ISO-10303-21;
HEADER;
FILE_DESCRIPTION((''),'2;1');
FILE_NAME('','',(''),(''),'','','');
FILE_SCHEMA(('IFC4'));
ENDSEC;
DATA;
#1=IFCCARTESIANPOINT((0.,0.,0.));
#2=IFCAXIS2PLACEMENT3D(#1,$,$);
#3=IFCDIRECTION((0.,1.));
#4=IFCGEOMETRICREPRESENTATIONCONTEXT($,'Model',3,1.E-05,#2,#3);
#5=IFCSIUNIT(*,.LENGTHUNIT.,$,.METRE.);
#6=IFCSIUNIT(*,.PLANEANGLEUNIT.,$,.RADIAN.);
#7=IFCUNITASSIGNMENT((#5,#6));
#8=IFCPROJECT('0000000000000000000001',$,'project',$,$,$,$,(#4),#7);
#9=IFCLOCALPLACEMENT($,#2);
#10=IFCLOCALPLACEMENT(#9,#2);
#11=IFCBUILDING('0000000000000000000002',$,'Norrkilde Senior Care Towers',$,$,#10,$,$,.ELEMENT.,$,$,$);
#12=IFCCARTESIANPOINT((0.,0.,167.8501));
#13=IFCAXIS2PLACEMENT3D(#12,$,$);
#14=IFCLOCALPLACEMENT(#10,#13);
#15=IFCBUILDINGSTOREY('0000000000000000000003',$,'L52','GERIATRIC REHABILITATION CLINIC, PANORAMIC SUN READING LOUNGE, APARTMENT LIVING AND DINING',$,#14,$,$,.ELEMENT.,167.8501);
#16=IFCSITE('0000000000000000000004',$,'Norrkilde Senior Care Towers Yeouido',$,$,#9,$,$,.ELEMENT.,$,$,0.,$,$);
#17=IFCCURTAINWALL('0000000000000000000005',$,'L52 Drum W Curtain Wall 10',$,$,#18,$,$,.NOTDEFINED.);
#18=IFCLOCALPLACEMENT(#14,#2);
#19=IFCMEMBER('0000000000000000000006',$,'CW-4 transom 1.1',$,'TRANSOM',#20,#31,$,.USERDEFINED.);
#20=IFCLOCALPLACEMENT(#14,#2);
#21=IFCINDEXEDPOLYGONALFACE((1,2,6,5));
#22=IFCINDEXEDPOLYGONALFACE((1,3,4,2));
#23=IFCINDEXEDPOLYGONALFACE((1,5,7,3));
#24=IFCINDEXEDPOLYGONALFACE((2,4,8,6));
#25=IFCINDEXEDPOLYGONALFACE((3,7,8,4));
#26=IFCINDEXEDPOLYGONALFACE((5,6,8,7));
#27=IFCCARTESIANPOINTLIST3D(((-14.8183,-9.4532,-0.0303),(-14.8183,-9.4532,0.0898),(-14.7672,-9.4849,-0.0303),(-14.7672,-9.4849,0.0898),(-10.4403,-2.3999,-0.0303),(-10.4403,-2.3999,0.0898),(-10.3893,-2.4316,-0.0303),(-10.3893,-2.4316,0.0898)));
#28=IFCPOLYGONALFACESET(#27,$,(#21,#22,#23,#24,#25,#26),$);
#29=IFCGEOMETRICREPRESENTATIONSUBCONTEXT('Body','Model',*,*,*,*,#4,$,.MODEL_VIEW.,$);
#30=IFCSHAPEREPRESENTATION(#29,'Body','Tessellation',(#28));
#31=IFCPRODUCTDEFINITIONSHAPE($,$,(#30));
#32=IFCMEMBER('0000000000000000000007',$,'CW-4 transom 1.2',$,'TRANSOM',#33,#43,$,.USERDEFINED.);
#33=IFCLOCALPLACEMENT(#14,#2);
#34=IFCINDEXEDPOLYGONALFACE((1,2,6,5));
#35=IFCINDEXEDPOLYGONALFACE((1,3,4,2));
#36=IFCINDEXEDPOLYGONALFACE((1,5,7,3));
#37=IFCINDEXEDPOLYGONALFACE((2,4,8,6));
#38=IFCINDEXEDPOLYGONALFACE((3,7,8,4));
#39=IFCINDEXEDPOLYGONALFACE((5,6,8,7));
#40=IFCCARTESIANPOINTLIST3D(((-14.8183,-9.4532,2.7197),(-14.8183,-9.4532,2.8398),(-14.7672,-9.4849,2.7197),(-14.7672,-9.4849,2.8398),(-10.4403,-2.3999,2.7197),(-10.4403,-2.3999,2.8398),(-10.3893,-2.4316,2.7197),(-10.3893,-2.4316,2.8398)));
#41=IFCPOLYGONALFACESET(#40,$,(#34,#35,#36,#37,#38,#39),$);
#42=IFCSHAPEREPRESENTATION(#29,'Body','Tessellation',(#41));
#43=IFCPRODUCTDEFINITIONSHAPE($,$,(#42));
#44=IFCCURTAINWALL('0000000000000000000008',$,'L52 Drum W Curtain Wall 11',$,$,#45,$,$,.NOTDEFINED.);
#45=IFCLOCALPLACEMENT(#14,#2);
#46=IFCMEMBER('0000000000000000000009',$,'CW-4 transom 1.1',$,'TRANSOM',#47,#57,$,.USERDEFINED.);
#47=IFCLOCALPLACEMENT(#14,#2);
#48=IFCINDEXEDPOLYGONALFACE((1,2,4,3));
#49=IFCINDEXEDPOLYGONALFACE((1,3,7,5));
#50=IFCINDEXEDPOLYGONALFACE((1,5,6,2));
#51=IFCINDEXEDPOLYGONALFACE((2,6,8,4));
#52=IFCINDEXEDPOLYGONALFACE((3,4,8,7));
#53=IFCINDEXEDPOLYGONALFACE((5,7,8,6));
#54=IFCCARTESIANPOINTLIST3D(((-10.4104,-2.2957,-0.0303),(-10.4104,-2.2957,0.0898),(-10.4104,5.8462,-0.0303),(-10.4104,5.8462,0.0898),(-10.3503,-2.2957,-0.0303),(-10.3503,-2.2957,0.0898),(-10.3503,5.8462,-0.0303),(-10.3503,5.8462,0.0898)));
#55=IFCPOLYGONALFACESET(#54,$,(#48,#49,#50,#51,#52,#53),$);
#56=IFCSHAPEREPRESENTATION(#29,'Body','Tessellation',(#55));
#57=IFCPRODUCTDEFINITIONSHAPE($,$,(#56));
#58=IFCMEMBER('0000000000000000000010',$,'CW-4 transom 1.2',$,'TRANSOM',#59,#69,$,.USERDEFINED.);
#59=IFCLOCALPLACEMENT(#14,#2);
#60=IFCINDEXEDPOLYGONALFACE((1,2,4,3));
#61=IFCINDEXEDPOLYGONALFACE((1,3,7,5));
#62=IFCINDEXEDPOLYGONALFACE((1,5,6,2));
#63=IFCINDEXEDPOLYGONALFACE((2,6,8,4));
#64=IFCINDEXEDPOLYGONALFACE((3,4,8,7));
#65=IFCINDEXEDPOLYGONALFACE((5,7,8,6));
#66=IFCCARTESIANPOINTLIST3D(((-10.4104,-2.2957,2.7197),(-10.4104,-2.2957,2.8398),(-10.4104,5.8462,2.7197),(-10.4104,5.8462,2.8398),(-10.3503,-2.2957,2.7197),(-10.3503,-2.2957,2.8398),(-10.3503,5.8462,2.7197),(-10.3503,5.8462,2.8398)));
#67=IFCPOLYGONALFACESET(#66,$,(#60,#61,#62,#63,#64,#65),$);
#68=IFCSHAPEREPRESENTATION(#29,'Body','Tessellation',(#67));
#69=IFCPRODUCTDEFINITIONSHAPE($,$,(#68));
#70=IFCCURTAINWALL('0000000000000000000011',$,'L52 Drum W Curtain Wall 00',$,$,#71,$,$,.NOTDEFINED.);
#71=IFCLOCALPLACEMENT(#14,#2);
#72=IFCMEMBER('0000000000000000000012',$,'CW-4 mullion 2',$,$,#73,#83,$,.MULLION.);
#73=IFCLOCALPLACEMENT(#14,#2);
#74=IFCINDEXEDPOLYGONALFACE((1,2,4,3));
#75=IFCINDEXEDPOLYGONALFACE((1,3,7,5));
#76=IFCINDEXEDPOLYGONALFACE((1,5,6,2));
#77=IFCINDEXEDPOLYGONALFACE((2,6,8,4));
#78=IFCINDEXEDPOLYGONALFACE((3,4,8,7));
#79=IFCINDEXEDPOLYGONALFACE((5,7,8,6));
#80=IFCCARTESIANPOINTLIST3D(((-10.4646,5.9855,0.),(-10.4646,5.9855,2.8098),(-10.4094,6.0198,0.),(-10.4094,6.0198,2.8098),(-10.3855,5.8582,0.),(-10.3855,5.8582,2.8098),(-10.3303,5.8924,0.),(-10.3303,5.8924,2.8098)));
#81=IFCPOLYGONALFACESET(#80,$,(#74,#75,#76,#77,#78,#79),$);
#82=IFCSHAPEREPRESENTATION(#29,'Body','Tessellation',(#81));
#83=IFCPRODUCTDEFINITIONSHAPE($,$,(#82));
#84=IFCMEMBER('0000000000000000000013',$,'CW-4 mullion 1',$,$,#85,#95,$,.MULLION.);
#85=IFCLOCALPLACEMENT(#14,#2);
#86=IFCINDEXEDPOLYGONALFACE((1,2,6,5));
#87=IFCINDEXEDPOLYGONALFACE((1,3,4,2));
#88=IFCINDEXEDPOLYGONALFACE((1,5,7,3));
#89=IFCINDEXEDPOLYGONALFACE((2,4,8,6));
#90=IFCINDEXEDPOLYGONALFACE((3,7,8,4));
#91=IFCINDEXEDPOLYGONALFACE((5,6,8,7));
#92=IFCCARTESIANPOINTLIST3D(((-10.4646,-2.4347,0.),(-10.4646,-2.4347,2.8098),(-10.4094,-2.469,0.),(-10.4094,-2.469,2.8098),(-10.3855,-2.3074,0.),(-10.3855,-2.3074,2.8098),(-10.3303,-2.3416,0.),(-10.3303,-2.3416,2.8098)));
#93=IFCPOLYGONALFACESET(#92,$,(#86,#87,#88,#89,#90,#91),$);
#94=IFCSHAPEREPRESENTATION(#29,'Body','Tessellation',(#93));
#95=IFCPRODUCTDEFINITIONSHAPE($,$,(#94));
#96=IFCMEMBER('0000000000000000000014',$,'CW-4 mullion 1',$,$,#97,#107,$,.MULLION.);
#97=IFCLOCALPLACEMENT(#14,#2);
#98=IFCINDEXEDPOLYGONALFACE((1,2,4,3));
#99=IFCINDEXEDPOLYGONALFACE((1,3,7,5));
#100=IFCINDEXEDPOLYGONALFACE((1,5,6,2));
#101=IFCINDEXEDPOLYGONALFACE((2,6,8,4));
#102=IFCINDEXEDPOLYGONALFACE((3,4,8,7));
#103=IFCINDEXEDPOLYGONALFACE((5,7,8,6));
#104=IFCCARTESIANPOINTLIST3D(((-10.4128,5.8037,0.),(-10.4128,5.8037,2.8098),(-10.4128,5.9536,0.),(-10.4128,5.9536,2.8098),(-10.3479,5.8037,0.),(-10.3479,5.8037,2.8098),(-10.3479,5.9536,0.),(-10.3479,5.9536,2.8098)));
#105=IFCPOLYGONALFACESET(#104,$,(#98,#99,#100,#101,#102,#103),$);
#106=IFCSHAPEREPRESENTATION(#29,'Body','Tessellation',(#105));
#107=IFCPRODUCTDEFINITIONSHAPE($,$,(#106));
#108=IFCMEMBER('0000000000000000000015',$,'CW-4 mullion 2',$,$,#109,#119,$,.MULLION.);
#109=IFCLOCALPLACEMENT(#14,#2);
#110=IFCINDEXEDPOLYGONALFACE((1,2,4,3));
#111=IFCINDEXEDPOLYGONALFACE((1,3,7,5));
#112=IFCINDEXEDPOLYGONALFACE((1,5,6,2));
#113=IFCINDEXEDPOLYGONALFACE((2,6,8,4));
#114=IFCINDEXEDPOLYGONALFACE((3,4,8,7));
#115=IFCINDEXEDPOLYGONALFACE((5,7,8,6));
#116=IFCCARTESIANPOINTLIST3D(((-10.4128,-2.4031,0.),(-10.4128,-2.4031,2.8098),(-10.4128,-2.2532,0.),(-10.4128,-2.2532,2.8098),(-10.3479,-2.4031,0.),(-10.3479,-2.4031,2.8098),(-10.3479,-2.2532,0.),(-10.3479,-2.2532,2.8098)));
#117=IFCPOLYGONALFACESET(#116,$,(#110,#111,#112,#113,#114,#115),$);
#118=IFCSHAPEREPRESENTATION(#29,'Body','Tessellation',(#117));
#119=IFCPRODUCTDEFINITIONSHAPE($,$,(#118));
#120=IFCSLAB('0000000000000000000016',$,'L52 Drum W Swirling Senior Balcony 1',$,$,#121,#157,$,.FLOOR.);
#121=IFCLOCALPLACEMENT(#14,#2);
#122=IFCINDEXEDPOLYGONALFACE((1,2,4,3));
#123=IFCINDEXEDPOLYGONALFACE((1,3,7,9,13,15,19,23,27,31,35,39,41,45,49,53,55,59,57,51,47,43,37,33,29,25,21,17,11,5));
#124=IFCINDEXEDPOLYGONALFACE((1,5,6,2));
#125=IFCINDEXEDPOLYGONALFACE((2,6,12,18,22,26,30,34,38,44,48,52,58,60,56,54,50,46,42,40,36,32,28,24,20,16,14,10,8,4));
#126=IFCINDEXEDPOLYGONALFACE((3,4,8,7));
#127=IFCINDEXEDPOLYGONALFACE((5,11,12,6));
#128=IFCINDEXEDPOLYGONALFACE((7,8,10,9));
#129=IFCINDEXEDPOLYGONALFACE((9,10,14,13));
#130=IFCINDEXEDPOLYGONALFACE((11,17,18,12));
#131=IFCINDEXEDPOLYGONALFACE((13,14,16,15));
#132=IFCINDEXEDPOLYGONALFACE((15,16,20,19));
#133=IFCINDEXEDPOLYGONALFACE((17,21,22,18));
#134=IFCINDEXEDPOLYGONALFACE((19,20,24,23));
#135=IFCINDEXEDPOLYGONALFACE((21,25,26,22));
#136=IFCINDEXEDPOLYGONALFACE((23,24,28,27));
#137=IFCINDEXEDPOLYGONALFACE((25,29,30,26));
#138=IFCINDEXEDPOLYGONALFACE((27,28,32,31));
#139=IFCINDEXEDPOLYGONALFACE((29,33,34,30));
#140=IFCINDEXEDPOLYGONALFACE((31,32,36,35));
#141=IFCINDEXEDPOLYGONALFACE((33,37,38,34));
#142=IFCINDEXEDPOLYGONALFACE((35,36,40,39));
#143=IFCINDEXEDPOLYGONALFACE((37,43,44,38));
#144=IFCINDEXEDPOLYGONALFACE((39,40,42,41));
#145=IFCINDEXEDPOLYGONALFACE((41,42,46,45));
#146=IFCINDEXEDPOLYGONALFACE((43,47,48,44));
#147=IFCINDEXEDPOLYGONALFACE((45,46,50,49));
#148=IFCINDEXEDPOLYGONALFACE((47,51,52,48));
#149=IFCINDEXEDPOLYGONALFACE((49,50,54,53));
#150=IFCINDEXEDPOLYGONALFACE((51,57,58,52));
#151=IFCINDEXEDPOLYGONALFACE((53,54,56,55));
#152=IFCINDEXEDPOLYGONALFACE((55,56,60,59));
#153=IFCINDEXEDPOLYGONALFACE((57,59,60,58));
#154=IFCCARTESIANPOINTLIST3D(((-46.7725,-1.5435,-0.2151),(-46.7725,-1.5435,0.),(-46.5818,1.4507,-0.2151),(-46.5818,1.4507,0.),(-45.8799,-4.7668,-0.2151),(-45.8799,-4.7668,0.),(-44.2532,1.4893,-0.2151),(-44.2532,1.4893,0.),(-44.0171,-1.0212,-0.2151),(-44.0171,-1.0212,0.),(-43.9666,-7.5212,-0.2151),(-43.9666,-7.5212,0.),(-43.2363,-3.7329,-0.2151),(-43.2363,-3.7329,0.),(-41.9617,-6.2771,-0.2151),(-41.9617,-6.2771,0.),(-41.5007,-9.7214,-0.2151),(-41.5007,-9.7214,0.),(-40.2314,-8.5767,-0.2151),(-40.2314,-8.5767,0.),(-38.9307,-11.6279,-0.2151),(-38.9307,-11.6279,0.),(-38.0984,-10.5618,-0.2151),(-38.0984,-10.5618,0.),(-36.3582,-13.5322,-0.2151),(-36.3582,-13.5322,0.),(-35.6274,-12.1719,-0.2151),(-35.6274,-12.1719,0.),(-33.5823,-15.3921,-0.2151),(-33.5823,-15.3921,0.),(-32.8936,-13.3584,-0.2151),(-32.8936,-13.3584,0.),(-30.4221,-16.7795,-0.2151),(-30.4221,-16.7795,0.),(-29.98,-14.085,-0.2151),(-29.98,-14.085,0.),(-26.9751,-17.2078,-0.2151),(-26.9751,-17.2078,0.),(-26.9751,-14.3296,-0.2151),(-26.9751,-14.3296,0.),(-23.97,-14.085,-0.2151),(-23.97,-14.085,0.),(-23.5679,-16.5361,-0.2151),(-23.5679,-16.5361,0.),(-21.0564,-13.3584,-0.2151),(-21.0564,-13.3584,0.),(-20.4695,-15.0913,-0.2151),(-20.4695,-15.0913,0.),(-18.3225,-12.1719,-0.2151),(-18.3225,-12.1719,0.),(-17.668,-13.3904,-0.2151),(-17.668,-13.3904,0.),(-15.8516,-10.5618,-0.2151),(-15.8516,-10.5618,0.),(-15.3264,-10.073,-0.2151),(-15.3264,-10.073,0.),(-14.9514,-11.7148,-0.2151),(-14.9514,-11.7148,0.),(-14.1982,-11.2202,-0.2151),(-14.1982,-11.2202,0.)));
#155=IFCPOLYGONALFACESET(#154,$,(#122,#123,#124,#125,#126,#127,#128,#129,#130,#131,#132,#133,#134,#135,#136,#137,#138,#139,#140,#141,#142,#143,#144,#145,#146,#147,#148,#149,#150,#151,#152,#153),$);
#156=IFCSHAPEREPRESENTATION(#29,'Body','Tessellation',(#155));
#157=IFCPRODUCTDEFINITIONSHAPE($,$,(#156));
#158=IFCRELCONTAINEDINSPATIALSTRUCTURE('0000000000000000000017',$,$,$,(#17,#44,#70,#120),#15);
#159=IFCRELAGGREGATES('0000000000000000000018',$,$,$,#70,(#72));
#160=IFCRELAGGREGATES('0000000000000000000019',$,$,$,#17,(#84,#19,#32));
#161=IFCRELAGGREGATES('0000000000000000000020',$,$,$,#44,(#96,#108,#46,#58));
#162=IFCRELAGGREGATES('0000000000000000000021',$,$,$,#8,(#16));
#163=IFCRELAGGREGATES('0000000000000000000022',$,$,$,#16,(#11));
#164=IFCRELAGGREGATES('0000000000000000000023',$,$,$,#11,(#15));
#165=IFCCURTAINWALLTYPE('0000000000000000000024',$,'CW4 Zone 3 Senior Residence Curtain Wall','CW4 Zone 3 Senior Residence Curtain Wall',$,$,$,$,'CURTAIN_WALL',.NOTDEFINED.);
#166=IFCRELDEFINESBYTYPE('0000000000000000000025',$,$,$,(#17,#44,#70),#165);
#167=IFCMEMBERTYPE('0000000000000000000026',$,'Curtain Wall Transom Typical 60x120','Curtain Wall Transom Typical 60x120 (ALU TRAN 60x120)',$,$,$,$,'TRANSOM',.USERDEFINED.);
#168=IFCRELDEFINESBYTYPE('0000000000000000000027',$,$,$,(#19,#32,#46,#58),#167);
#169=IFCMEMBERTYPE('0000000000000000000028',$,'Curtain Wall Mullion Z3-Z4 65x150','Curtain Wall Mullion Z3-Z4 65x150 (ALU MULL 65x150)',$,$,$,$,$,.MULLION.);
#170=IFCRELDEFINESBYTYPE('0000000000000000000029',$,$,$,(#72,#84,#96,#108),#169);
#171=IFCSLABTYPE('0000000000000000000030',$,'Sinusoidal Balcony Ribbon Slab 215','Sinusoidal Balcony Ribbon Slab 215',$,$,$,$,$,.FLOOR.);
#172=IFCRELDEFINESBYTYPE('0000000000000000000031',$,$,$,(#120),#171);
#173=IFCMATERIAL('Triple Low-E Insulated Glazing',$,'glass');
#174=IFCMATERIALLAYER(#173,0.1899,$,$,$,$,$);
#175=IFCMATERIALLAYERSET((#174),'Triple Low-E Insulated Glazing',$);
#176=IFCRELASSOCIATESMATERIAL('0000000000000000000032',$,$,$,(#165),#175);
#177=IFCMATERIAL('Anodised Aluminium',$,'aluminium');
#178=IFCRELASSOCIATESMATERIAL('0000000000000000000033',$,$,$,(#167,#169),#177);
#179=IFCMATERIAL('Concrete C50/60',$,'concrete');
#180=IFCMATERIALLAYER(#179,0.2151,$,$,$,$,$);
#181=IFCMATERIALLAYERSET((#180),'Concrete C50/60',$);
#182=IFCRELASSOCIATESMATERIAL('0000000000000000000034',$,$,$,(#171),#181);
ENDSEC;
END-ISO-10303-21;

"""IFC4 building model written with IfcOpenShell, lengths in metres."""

from ifc_helpers import new_model, si_unit, direction, frame, origin, origin_2d, place, context, subcontext, project, spatial, polyline, rectangle, outline, extrude, source, transform, mapped, material, layer, layer_set, material_profile, profile_set, type_object, type_shapes, element, aggregate, save


model = new_model("IFC4")

# Units and contexts
model_context = context("Model", 3, precision=1e-05, world=origin(), true_north=direction((0.0, 1.0)))
body_context = subcontext(model_context, "Body", "Model", "MODEL_VIEW")
ifc_project = project(units=[si_unit("LENGTHUNIT", "METRE"), si_unit("PLANEANGLEUNIT", "RADIAN")], contexts=[model_context])

# Site, building, storey
site_placement = place(None, origin())
site = spatial("IfcSite", under=ifc_project, at=site_placement, Name="Norrkilde Senior Care Towers Yeouido", CompositionType="ELEMENT", RefElevation=0.0)
building_placement = place(site_placement, origin())
building = spatial("IfcBuilding", under=site, at=building_placement, Name="Norrkilde Senior Care Towers", CompositionType="ELEMENT")
storey_placement = place(building_placement, frame((0.0, 0.0, 167.8501)))
storey = spatial("IfcBuildingStorey", under=building, at=storey_placement, Name="L52", Description="GERIATRIC REHABILITATION CLINIC, PANORAMIC SUN READING LOUNGE, APARTMENT LIVING AND DINING", CompositionType="ELEMENT", Elevation=167.8501)

# Shared definitions
ifc_material_1 = material(Name="Concrete C50/60", Category="concrete")

# Curtain walls, members
ifc_material_2 = material(Name="Triple Low-E Insulated Glazing", Category="glass")
ifc_layer_1 = layer(ifc_material_2, 0.1899)
ifc_layer_set_1 = layer_set([ifc_layer_1], Name="Triple Low-E Insulated Glazing")
curtain_wall_type = type_object("IfcCurtainWallType", Name="CW4 Zone 3 Senior Residence Curtain Wall", Description="CW4 Zone 3 Senior Residence Curtain Wall", ElementType="CURTAIN_WALL", PredefinedType="NOTDEFINED", material=ifc_layer_set_1)
curtain_wall_1_placement = place(storey_placement, origin())
curtain_wall_1 = element("IfcCurtainWall", 1, at=curtain_wall_1_placement, inside=storey, type_object=curtain_wall_type, Name="L52 Drum W Curtain Wall 10", PredefinedType="NOTDEFINED")
ifc_material_3 = material(Name="Anodised Aluminium", Category="aluminium")
ifc_material_profile_1 = material_profile(ifc_material_3, rectangle(XDim=0.0601, YDim=0.1201, at=origin_2d()), Name="ALU TRAN 60x120")
ifc_profile_set_1 = profile_set([ifc_material_profile_1], Name="Anodised Aluminium")
member_type_1 = type_object("IfcMemberType", Name="Curtain Wall Transom Typical 60x120", Description="Curtain Wall Transom Typical 60x120 (ALU TRAN 60x120)", ElementType="TRANSOM", PredefinedType="USERDEFINED", material=ifc_profile_set_1)
shared_shape_1 = source(origin(), body_context, "Body", "SweptSolid", [
    extrude(rectangle(XDim=0.0601, YDim=0.1201, at=origin_2d()), origin(), (0.0, 0.0, 1.0), 8.3015),
])
member_1_placement = place(storey_placement, frame((-10.4148, -2.4158, 0.0298), z_axis=(-0.527369, -0.849637, 0.0), x_axis=(0.849637, -0.527369, 0.0)))
member_1 = element("IfcMember", 2, at=member_1_placement, type_object=member_type_1, Name="CW-4 transom 1.1", ObjectType="TRANSOM", PredefinedType="USERDEFINED", context=body_context, shape_type="MappedRepresentation", body=[
    mapped(shared_shape_1, transform((0.0, 0.0, 0.0), x_axis=(1.0, 0.0, 0.0), y_axis=(0.0, 1.0, 0.0), z_axis=(0.0, 0.0, 1.0), scale=1.0)),
])
member_2_placement = place(storey_placement, frame((-10.4148, -2.4158, 2.7798), z_axis=(-0.527369, -0.849637, 0.0), x_axis=(0.849637, -0.527369, 0.0)))
member_2 = element("IfcMember", 3, at=member_2_placement, type_object=member_type_1, Name="CW-4 transom 1.2", ObjectType="TRANSOM", PredefinedType="USERDEFINED", context=body_context, shape_type="MappedRepresentation", body=[
    mapped(shared_shape_1, transform((0.0, 0.0, 0.0), x_axis=(1.0, 0.0, 0.0), y_axis=(0.0, 1.0, 0.0), z_axis=(0.0, 0.0, 1.0), scale=1.0)),
])
curtain_wall_2_placement = place(storey_placement, origin())
curtain_wall_2 = element("IfcCurtainWall", 4, at=curtain_wall_2_placement, inside=storey, type_object=curtain_wall_type, Name="L52 Drum W Curtain Wall 11", PredefinedType="NOTDEFINED")
shared_shape_2 = source(origin(), body_context, "Body", "SweptSolid", [
    extrude(rectangle(XDim=0.0601, YDim=0.1201, at=origin_2d()), origin(), (0.0, 0.0, 1.0), 8.1418),
])
type_shapes(member_type_1, [shared_shape_1, shared_shape_2])
member_3_placement = place(storey_placement, frame((-10.3804, 5.8462, 0.0298), z_axis=(0.0, -1.0, 0.0), x_axis=(1.0, 0.0, 0.0)))
member_3 = element("IfcMember", 5, at=member_3_placement, type_object=member_type_1, Name="CW-4 transom 1.1", ObjectType="TRANSOM", PredefinedType="USERDEFINED", context=body_context, shape_type="MappedRepresentation", body=[
    mapped(shared_shape_2, transform((0.0, 0.0, 0.0), x_axis=(1.0, 0.0, 0.0), y_axis=(0.0, 1.0, 0.0), z_axis=(0.0, 0.0, 1.0), scale=1.0)),
])
member_4_placement = place(storey_placement, frame((-10.3804, 5.8462, 2.7798), z_axis=(0.0, -1.0, 0.0), x_axis=(1.0, 0.0, 0.0)))
member_4 = element("IfcMember", 6, at=member_4_placement, type_object=member_type_1, Name="CW-4 transom 1.2", ObjectType="TRANSOM", PredefinedType="USERDEFINED", context=body_context, shape_type="MappedRepresentation", body=[
    mapped(shared_shape_2, transform((0.0, 0.0, 0.0), x_axis=(1.0, 0.0, 0.0), y_axis=(0.0, 1.0, 0.0), z_axis=(0.0, 0.0, 1.0), scale=1.0)),
])

# Curtain wall, member
curtain_wall_3_placement = place(storey_placement, origin())
curtain_wall_3 = element("IfcCurtainWall", 7, at=curtain_wall_3_placement, inside=storey, type_object=curtain_wall_type, Name="L52 Drum W Curtain Wall 00", PredefinedType="NOTDEFINED")
ifc_material_profile_2 = material_profile(ifc_material_3, rectangle(XDim=0.0649, YDim=0.1499, at=origin_2d()), Name="ALU MULL 65x150")
ifc_profile_set_2 = profile_set([ifc_material_profile_2], Name="Anodised Aluminium")
member_type_2 = type_object("IfcMemberType", Name="Curtain Wall Mullion Z3-Z4 65x150", Description="Curtain Wall Mullion Z3-Z4 65x150 (ALU MULL 65x150)", PredefinedType="MULLION", material=ifc_profile_set_2)
shared_shape_3 = source(origin(), body_context, "Body", "SweptSolid", [
    extrude(rectangle(XDim=0.0649, YDim=0.1499, at=origin_2d()), origin(), (0.0, 0.0, 1.0), 2.8098),
])
type_shapes(member_type_2, [shared_shape_3])
member_5_placement = place(storey_placement, frame((-10.3975, 5.939, 0.0), z_axis=(0.0, 0.0, 1.0), x_axis=(0.849634, 0.527373, 0.0)))
member_5 = element("IfcMember", 8, at=member_5_placement, type_object=member_type_2, Name="CW-4 mullion 2", PredefinedType="MULLION", context=body_context, shape_type="MappedRepresentation", body=[
    mapped(shared_shape_3, transform((0.0, 0.0, 0.0), x_axis=(1.0, 0.0, 0.0), y_axis=(0.0, 1.0, 0.0), z_axis=(0.0, 0.0, 1.0), scale=1.0)),
])
aggregate(curtain_wall_3, [member_5])

# Members
member_6_placement = place(storey_placement, frame((-10.3975, -2.3882, 0.0), z_axis=(0.0, 0.0, 1.0), x_axis=(0.849634, -0.527373, 0.0)))
member_6 = element("IfcMember", 9, at=member_6_placement, type_object=member_type_2, Name="CW-4 mullion 1", PredefinedType="MULLION", context=body_context, shape_type="MappedRepresentation", body=[
    mapped(shared_shape_3, transform((0.0, 0.0, 0.0), x_axis=(1.0, 0.0, 0.0), y_axis=(0.0, 1.0, 0.0), z_axis=(0.0, 0.0, 1.0), scale=1.0)),
])
aggregate(curtain_wall_1, [member_6, member_1, member_2])
member_7_placement = place(storey_placement, frame((-10.3804, 5.8787, 0.0), z_axis=(0.0, 0.0, 1.0), x_axis=(1.0, 0.0, 0.0)))
member_7 = element("IfcMember", 10, at=member_7_placement, type_object=member_type_2, Name="CW-4 mullion 1", PredefinedType="MULLION", context=body_context, shape_type="MappedRepresentation", body=[
    mapped(shared_shape_3, transform((0.0, 0.0, 0.0), x_axis=(1.0, 0.0, 0.0), y_axis=(0.0, 1.0, 0.0), z_axis=(0.0, 0.0, 1.0), scale=1.0)),
])
member_8_placement = place(storey_placement, frame((-10.3804, -2.3281, 0.0), z_axis=(0.0, 0.0, 1.0), x_axis=(1.0, 0.0, 0.0)))
member_8 = element("IfcMember", 11, at=member_8_placement, type_object=member_type_2, Name="CW-4 mullion 2", PredefinedType="MULLION", context=body_context, shape_type="MappedRepresentation", body=[
    mapped(shared_shape_3, transform((0.0, 0.0, 0.0), x_axis=(1.0, 0.0, 0.0), y_axis=(0.0, 1.0, 0.0), z_axis=(0.0, 0.0, 1.0), scale=1.0)),
])

# Slab
ifc_layer_2 = layer(ifc_material_1, 0.2151)
ifc_layer_set_2 = layer_set([ifc_layer_2], Name="Concrete C50/60")
slab_type_1 = type_object("IfcSlabType", Name="Sinusoidal Balcony Ribbon Slab 215", Description="Sinusoidal Balcony Ribbon Slab 215", PredefinedType="FLOOR", material=ifc_layer_set_2)
slab_1_placement = place(storey_placement, frame((0.0, 0.0, -0.2151)))
element("IfcSlab", 12, at=slab_1_placement, inside=storey, type_object=slab_type_1, Name="L52 Drum W Swirling Senior Balcony 1", PredefinedType="FLOOR", context=body_context, shape_type="SweptSolid", body=[
    extrude(outline(polyline([(-17.668, -13.3904), (-20.4695, -15.0913), (-23.5679, -16.5361), (-26.9751, -17.2078), (-30.4221, -16.7795), (-33.5823, -15.3921), (-36.3582, -13.5322), (-38.9307, -11.6279), (-41.5007, -9.7214), (-43.9666, -7.5212), (-45.8799, -4.7668), (-46.7725, -1.5435), (-46.5818, 1.4507), (-44.2532, 1.4893), (-44.0171, -1.0212), (-43.2363, -3.7329), (-41.9617, -6.2771), (-40.2314, -8.5767), (-38.0984, -10.5618), (-35.6274, -12.1719), (-32.8936, -13.3584), (-29.98, -14.085), (-26.9751, -14.3296), (-23.97, -14.085), (-21.0564, -13.3584), (-18.3225, -12.1719), (-15.8516, -10.5618), (-15.3264, -10.073), (-14.1982, -11.2202), (-14.9514, -11.7148), (-17.668, -13.3904)])), origin(), (0.0, 0.0, 1.0), 0.2151),
])

aggregate(curtain_wall_2, [member_7, member_8, member_3, member_4])

save(model, "model.ifc")
